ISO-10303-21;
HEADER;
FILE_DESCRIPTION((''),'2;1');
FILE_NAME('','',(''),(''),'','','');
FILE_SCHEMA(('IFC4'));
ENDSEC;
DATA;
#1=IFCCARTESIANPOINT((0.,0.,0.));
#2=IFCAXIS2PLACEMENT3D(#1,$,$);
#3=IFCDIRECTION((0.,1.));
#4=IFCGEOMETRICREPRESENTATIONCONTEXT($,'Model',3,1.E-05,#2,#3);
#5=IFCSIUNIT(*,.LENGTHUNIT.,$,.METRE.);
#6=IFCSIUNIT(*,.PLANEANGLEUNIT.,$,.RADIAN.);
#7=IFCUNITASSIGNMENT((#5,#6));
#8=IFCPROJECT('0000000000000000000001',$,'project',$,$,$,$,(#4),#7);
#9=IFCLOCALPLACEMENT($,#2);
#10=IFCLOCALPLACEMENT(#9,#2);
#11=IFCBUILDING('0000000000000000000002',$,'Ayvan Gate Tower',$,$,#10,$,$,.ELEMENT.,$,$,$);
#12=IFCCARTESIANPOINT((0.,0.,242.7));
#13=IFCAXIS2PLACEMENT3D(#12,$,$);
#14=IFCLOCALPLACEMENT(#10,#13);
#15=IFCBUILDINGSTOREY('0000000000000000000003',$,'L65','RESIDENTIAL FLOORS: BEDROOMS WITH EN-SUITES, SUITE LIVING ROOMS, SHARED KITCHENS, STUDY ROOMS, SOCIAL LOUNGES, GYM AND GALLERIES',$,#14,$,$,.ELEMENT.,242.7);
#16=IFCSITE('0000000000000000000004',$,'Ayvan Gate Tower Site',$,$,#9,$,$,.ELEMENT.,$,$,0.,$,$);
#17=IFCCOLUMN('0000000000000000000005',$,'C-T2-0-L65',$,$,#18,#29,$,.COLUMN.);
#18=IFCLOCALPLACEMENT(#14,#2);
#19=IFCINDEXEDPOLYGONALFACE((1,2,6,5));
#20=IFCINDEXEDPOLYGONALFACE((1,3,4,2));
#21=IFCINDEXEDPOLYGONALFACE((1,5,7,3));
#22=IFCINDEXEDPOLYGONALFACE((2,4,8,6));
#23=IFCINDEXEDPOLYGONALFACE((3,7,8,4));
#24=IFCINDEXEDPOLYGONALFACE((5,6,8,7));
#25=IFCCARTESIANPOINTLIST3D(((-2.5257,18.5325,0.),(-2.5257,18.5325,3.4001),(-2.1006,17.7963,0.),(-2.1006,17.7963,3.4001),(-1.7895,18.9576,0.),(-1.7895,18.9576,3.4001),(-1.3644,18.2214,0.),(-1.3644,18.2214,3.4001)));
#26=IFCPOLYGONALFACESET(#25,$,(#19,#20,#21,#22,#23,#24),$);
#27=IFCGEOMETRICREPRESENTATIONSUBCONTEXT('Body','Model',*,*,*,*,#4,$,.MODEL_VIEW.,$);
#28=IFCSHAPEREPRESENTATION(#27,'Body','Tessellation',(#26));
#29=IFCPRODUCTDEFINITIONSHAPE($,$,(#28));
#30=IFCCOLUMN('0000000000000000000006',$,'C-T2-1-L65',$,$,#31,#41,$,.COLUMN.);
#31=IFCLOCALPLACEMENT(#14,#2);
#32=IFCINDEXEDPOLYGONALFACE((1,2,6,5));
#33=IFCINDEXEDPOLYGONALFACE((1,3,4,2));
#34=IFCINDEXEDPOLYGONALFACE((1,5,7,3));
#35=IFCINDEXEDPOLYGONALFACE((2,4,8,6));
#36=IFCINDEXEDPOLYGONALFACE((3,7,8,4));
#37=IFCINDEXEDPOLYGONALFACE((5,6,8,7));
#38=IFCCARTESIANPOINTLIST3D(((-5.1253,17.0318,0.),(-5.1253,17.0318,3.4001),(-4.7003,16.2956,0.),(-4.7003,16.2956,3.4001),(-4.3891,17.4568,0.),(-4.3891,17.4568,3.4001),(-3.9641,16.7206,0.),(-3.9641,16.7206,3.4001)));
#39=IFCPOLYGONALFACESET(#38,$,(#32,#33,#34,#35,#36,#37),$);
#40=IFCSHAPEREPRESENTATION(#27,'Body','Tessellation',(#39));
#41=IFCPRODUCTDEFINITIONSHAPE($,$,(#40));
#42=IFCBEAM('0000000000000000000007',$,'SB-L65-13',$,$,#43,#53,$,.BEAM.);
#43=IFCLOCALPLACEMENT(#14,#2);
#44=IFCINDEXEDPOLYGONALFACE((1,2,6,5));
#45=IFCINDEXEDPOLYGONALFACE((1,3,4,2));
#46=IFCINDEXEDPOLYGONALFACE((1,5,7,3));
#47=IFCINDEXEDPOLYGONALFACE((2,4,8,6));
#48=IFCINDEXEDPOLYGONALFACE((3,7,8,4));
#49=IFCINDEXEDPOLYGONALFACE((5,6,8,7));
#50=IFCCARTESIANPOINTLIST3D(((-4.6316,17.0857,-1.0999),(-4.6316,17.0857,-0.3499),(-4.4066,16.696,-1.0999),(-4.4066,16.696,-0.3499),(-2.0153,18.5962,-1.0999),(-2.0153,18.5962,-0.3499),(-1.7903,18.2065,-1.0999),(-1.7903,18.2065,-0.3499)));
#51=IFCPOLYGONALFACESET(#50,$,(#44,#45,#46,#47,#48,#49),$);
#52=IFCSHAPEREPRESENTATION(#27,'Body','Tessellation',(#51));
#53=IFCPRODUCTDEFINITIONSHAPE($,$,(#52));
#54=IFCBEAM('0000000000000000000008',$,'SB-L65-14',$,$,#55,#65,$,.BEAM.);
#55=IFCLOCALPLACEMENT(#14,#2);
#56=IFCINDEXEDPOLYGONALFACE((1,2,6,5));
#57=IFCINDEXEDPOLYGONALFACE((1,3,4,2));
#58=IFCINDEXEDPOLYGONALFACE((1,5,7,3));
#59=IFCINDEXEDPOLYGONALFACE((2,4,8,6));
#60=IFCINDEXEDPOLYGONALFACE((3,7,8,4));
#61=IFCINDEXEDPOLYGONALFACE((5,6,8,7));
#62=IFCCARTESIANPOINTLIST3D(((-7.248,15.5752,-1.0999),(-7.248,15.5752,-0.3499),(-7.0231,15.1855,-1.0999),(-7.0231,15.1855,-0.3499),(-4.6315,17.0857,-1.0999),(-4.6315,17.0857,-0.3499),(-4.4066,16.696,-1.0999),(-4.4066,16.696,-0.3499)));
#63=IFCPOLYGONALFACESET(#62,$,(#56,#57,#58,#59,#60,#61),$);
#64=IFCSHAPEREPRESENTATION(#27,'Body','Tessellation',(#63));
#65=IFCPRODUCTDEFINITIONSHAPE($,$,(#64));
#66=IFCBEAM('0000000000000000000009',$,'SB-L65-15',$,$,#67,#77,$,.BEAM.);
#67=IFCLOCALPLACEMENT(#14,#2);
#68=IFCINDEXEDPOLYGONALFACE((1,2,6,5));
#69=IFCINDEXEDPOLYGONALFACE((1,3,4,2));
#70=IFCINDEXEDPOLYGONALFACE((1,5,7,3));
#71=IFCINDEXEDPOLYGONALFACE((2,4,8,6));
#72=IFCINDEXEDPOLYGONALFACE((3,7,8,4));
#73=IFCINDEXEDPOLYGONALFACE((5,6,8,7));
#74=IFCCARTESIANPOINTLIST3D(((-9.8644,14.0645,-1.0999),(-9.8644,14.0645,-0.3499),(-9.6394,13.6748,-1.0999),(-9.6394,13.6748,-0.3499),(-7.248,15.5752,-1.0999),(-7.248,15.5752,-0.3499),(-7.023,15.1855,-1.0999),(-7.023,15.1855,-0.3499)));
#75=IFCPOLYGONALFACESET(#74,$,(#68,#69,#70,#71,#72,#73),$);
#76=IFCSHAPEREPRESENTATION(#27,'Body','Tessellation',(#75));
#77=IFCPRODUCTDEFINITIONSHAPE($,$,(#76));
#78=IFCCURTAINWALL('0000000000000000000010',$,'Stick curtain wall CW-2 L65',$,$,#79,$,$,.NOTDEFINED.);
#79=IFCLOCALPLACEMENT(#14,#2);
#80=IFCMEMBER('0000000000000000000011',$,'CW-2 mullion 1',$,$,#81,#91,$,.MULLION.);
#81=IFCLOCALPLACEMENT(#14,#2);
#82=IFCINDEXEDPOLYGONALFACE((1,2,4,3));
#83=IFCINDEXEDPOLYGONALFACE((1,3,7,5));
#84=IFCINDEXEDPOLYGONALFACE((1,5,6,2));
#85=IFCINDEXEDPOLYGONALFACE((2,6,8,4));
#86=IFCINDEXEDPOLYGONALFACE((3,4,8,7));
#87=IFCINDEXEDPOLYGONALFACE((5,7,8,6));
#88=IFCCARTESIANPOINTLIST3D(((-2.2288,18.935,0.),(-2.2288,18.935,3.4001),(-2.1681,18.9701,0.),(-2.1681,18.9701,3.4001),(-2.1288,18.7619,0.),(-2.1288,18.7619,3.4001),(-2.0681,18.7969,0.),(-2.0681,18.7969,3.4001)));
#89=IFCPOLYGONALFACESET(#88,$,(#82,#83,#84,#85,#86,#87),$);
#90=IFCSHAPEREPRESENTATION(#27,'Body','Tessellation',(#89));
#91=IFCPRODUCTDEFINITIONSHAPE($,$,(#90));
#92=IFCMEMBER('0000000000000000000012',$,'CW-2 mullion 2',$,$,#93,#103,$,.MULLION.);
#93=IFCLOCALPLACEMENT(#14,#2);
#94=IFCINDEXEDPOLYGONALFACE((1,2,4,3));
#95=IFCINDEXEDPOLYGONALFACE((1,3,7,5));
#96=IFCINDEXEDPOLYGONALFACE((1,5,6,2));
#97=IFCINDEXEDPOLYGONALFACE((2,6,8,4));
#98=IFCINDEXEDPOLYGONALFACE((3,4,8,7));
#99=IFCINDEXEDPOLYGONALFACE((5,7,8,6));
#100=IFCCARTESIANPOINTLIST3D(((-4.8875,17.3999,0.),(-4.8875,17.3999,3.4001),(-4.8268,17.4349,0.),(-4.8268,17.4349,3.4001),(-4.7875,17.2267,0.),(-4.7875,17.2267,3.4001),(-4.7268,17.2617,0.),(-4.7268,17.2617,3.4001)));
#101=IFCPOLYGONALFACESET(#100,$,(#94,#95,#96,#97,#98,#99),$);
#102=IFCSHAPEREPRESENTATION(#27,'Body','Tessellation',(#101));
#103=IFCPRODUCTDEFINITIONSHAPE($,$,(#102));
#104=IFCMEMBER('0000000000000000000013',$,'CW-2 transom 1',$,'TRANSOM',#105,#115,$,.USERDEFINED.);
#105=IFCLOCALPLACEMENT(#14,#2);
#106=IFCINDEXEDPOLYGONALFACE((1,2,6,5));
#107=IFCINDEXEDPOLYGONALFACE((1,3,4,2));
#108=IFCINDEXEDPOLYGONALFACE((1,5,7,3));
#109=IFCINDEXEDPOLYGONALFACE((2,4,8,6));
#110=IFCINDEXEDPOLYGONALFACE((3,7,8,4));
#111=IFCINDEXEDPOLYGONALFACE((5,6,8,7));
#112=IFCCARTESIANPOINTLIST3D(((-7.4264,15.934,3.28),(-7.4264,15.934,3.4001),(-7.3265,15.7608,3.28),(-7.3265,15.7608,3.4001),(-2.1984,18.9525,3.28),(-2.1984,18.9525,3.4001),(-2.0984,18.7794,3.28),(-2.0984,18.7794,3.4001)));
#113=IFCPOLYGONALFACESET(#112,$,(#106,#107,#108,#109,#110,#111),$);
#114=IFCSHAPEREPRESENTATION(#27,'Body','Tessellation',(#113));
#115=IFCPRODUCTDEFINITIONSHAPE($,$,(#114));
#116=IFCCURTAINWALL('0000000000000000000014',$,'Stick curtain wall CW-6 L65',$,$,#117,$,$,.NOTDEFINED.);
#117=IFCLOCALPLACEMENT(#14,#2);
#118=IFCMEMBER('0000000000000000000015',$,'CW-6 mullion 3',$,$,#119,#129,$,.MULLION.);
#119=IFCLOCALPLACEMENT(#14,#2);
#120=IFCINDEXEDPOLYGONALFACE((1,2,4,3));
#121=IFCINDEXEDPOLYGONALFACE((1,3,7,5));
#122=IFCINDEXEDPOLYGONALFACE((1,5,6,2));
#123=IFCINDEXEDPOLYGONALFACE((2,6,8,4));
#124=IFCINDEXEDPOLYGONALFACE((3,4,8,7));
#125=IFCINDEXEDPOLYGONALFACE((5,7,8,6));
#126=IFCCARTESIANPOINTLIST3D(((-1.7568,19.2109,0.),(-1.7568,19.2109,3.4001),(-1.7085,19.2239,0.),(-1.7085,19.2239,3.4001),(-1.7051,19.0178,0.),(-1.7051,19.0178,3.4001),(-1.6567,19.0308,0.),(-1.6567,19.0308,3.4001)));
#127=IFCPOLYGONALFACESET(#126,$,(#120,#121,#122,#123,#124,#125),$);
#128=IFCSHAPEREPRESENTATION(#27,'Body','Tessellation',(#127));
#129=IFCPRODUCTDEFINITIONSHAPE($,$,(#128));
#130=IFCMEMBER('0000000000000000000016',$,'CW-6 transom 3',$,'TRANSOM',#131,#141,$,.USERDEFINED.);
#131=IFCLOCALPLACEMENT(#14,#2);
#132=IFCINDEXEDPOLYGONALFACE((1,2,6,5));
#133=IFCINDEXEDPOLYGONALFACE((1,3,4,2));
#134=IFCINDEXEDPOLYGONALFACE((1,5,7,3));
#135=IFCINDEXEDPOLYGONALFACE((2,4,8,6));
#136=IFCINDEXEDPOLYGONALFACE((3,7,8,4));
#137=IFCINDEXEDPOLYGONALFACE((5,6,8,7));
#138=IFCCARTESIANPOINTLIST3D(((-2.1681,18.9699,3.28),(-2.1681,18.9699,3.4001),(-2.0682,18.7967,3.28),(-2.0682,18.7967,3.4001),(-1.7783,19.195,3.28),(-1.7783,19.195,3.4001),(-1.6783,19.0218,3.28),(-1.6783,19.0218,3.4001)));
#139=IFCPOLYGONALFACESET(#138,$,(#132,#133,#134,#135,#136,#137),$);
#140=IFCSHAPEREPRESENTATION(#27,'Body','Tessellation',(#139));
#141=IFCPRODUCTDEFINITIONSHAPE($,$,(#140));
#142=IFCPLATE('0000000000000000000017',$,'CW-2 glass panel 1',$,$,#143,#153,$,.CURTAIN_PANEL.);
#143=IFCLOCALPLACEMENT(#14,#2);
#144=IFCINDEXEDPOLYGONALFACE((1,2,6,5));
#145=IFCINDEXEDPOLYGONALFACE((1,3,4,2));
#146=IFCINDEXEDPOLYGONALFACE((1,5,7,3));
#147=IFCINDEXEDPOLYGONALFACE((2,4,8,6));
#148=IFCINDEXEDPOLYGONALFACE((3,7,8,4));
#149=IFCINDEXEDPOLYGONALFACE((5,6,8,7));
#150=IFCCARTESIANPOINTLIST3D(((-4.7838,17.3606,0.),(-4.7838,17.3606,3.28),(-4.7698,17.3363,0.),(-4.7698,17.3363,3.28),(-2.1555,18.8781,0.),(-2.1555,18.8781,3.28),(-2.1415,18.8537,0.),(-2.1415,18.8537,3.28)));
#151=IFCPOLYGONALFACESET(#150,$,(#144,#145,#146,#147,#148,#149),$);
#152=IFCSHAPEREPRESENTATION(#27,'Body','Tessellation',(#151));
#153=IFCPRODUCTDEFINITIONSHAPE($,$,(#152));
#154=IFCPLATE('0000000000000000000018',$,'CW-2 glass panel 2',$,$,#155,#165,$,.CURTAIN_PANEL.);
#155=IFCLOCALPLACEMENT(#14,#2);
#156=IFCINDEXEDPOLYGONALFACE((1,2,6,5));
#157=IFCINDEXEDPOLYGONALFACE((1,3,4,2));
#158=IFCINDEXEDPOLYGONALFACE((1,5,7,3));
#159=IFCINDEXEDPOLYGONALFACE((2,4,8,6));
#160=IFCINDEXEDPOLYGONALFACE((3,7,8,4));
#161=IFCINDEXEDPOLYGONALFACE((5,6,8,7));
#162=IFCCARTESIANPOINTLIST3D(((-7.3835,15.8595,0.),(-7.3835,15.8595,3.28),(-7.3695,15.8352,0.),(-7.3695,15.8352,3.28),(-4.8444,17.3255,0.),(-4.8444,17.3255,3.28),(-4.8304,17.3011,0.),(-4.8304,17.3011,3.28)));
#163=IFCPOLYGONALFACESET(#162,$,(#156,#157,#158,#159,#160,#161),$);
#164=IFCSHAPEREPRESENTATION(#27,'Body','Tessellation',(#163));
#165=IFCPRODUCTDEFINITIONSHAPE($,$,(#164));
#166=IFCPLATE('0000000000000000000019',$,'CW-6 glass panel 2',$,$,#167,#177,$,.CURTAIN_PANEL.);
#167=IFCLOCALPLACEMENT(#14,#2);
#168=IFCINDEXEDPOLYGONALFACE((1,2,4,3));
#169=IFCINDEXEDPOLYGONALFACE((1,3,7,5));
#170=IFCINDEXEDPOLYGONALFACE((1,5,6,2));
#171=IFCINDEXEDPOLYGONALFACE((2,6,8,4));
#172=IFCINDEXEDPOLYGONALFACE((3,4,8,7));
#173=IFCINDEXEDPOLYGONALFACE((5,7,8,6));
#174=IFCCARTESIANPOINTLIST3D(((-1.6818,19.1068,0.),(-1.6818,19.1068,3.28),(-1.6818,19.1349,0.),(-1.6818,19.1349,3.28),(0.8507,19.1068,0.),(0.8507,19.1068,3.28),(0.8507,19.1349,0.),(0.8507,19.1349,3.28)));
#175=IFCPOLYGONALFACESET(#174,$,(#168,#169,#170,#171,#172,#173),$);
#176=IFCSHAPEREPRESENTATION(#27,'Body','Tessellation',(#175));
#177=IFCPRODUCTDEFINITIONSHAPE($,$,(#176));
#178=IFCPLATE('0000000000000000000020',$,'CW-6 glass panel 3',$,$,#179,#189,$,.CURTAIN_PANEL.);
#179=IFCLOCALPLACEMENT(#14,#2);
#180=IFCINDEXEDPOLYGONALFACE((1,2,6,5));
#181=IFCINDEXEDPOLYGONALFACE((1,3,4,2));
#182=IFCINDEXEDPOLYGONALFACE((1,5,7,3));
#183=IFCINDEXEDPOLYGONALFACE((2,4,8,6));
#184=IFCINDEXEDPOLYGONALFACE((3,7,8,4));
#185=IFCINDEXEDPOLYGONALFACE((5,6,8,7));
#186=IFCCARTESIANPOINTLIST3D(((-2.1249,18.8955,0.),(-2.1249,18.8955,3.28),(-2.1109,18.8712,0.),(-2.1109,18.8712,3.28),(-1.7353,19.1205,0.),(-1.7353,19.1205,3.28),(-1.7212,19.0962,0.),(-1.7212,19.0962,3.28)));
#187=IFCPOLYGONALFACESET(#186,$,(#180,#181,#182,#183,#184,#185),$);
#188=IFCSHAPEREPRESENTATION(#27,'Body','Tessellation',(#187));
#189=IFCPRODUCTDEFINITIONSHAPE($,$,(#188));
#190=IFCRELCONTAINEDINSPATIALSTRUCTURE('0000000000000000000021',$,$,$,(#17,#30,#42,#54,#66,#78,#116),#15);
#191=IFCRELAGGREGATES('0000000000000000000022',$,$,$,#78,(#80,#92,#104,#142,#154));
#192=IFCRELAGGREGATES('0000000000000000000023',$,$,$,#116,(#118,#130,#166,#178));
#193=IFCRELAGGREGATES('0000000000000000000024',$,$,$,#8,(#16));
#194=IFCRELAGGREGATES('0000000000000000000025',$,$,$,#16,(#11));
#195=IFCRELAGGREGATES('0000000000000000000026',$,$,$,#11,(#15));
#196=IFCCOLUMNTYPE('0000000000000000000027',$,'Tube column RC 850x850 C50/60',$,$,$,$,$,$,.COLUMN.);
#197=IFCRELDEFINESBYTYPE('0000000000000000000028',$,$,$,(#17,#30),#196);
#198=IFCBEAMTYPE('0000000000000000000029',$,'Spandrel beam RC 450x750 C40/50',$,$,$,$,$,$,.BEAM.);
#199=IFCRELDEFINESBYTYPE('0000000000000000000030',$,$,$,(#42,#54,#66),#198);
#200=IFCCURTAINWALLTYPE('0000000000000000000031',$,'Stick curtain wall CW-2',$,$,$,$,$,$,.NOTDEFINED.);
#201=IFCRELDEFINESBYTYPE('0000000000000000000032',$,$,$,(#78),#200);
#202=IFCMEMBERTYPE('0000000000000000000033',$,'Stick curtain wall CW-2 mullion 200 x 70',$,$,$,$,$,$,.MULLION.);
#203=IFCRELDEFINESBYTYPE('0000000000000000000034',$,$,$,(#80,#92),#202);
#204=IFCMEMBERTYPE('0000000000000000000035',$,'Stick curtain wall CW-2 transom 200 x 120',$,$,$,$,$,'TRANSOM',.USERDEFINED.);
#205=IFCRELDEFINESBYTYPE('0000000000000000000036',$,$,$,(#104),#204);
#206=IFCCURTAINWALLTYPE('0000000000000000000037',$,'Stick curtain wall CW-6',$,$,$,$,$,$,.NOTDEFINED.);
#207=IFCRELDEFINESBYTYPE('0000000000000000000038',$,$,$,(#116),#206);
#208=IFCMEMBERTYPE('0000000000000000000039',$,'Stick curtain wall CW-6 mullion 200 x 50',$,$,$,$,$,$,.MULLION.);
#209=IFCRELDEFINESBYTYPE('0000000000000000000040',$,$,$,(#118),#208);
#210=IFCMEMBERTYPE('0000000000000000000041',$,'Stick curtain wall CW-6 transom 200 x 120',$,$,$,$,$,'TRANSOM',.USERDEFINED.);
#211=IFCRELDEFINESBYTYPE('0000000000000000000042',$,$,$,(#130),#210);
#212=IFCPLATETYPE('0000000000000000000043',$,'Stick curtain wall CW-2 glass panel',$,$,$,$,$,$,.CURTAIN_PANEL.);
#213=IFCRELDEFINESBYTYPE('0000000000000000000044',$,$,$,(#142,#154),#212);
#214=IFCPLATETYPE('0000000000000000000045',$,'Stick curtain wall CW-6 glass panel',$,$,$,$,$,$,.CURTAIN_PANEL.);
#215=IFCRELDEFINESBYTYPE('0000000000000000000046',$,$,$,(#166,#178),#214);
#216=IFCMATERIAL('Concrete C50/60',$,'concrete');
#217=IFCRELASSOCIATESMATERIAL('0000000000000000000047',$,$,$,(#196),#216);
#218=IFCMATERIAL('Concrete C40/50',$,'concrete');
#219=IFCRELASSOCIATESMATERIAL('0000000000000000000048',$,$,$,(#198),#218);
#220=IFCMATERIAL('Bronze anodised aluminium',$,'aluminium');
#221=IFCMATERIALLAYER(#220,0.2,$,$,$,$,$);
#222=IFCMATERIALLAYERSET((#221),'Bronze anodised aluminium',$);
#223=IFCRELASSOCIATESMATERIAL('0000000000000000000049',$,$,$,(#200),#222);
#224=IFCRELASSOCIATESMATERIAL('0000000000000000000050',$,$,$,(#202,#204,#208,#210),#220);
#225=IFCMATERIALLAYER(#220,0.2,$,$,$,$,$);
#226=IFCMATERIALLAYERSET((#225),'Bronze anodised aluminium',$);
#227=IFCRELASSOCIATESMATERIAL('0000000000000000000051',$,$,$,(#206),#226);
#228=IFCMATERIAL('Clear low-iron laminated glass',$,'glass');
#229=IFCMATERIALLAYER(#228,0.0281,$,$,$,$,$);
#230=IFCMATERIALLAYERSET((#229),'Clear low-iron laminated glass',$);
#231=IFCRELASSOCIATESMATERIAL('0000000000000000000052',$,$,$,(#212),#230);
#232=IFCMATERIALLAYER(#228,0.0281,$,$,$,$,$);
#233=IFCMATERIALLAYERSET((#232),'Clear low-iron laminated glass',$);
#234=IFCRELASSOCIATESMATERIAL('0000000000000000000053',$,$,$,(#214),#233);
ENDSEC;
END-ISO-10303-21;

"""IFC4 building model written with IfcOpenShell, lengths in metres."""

from ifc_helpers import new_model, si_unit, direction, frame, origin, origin_2d, place, context, subcontext, project, spatial, rectangle, extrude, material, layer, layer_set, material_profile, profile_set, type_object, element, aggregate, save


model = new_model("IFC4")

# Units and contexts
model_context = context("Model", 3, precision=1e-05, world=origin(), true_north=direction((0.0, 1.0)))
body_context = subcontext(model_context, "Body", "Model", "MODEL_VIEW")
ifc_project = project(units=[si_unit("LENGTHUNIT", "METRE"), si_unit("PLANEANGLEUNIT", "RADIAN")], contexts=[model_context])

# Site, building, storey
site_placement = place(None, origin())
site = spatial("IfcSite", under=ifc_project, at=site_placement, Name="Ayvan Gate Tower Site", CompositionType="ELEMENT", RefElevation=0.0)
building_placement = place(site_placement, origin())
building = spatial("IfcBuilding", under=site, at=building_placement, Name="Ayvan Gate Tower", CompositionType="ELEMENT")
storey_placement = place(building_placement, frame((0.0, 0.0, 242.7)))
storey = spatial("IfcBuildingStorey", under=building, at=storey_placement, Name="L65", Description="RESIDENTIAL FLOORS: BEDROOMS WITH EN-SUITES, SUITE LIVING ROOMS, SHARED KITCHENS, STUDY ROOMS, SOCIAL LOUNGES, GYM AND GALLERIES", CompositionType="ELEMENT", Elevation=242.7)

# Columns
ifc_material_1 = material(Name="Concrete C50/60", Category="concrete")
ifc_material_profile_1 = material_profile(ifc_material_1, rectangle(XDim=0.8501, YDim=0.8501, at=origin_2d()), Name="RC 850x850")
ifc_profile_set_1 = profile_set([ifc_material_profile_1], Name="Concrete C50/60")
column_type = type_object("IfcColumnType", Name="Tube column RC 850x850 C50/60", PredefinedType="COLUMN", material=ifc_profile_set_1)
for number, where, z_axis, x_axis, name in (
    (1, (-1.9451, 18.377, 0.0), (0.0, 0.0, 1.0), (-0.5, 0.866025, 0.0), "C-T2-0-L65"),
    (2, (-4.5447, 16.8762, 0.0), (0.0, 0.0, 1.0), (-0.5, 0.866025, 0.0), "C-T2-1-L65"),
):
    element("IfcColumn", number, at=place(storey_placement, frame(where, z_axis=z_axis, x_axis=x_axis)), inside=storey, type_object=column_type, Name=name, PredefinedType="COLUMN", context=body_context, shape_type="SweptSolid", body=[
        extrude(rectangle(XDim=0.8501, YDim=0.8501, at=origin_2d()), origin(), (0.0, 0.0, 1.0), 3.4001),
    ])

# Beams
ifc_material_2 = material(Name="Concrete C40/50", Category="concrete")
ifc_material_profile_2 = material_profile(ifc_material_2, rectangle(XDim=0.45, YDim=0.75, at=origin_2d()), Name="RC 450x750")
ifc_profile_set_2 = profile_set([ifc_material_profile_2], Name="Concrete C40/50")
beam_type = type_object("IfcBeamType", Name="Spandrel beam RC 450x750 C40/50", PredefinedType="BEAM", material=ifc_profile_set_2)
beam_placement = place(storey_placement, frame((-1.9028, 18.4014, -0.7249), z_axis=(-0.866021, -0.500007, 0.0), x_axis=(0.500007, -0.866021, 0.0)))
element("IfcBeam", 3, at=beam_placement, inside=storey, type_object=beam_type, Name="SB-L65-13", PredefinedType="BEAM", context=body_context, shape_type="SweptSolid", body=[
    extrude(rectangle(XDim=0.45, YDim=0.75, at=origin_2d()), origin(), (0.0, 0.0, 1.0), 3.021),
])
for number, where, z_axis, x_axis, name in (
    (4, (-4.519, 16.8909, -0.7249), (-0.866042, -0.499972, 0.0), (0.499972, -0.866042, 0.0), "SB-L65-14"),
    (5, (-7.1355, 15.3804, -0.7249), (-0.866007, -0.500033, 0.0), (0.500033, -0.866007, 0.0), "SB-L65-15"),
):
    element("IfcBeam", number, at=place(storey_placement, frame(where, z_axis=z_axis, x_axis=x_axis)), inside=storey, type_object=beam_type, Name=name, PredefinedType="BEAM", context=body_context, shape_type="SweptSolid", body=[
        extrude(rectangle(XDim=0.45, YDim=0.75, at=origin_2d()), origin(), (0.0, 0.0, 1.0), 3.0212),
    ])

# Curtain walls, members
ifc_material_3 = material(Name="Bronze anodised aluminium", Category="aluminium")
ifc_layer_1 = layer(ifc_material_3, 0.2)
ifc_layer_set_1 = layer_set([ifc_layer_1], Name="Bronze anodised aluminium")
curtain_wall_type_1 = type_object("IfcCurtainWallType", Name="Stick curtain wall CW-2", PredefinedType="NOTDEFINED", material=ifc_layer_set_1)
curtain_wall_1_placement = place(storey_placement, origin())
curtain_wall_1 = element("IfcCurtainWall", 6, at=curtain_wall_1_placement, inside=storey, type_object=curtain_wall_type_1, Name="Stick curtain wall CW-2 L65", PredefinedType="NOTDEFINED")
ifc_material_profile_3 = material_profile(ifc_material_3, rectangle(XDim=0.2, YDim=0.0701, at=origin_2d()), Name="Stick curtain wall CW-2 mullion 200 x 70")
ifc_profile_set_3 = profile_set([ifc_material_profile_3], Name="Bronze anodised aluminium")
member_type_1 = type_object("IfcMemberType", Name="Stick curtain wall CW-2 mullion 200 x 70", PredefinedType="MULLION", material=ifc_profile_set_3)
member_1_placement = place(storey_placement, frame((-2.1484, 18.866, 0.0), z_axis=(0.0, 0.0, 1.0), x_axis=(-0.5, 0.866025, 0.0)))
member_1 = element("IfcMember", 7, at=member_1_placement, type_object=member_type_1, Name="CW-2 mullion 1", PredefinedType="MULLION", context=body_context, shape_type="SweptSolid", body=[
    extrude(rectangle(XDim=0.2, YDim=0.0701, at=origin_2d()), origin(), (0.0, 0.0, 1.0), 3.4001),
])
member_2_placement = place(storey_placement, frame((-4.8071, 17.3308, 0.0), z_axis=(0.0, 0.0, 1.0), x_axis=(-0.5, 0.866025, 0.0)))
member_2 = element("IfcMember", 8, at=member_2_placement, type_object=member_type_1, Name="CW-2 mullion 2", PredefinedType="MULLION", context=body_context, shape_type="SweptSolid", body=[
    extrude(rectangle(XDim=0.2, YDim=0.0701, at=origin_2d()), origin(), (0.0, 0.0, 1.0), 3.4001),
])
ifc_material_profile_4 = material_profile(ifc_material_3, rectangle(XDim=0.2, YDim=0.1201, at=origin_2d()), Name="Stick curtain wall CW-2 transom 200 x 120")
ifc_profile_set_4 = profile_set([ifc_material_profile_4], Name="Bronze anodised aluminium")
member_type_2 = type_object("IfcMemberType", Name="Stick curtain wall CW-2 transom 200 x 120", ElementType="TRANSOM", PredefinedType="USERDEFINED", material=ifc_profile_set_4)
member_3_placement = place(storey_placement, frame((-2.1484, 18.866, 3.3401), z_axis=(-0.866015, -0.500019, 0.0), x_axis=(0.500019, -0.866015, 0.0)))
member_3 = element("IfcMember", 9, at=member_3_placement, type_object=member_type_2, Name="CW-2 transom 1", ObjectType="TRANSOM", PredefinedType="USERDEFINED", context=body_context, shape_type="SweptSolid", body=[
    extrude(rectangle(XDim=0.2, YDim=0.1201, at=origin_2d()), origin(), (0.0, 0.0, 1.0), 6.0369),
])
ifc_layer_2 = layer(ifc_material_3, 0.2)
ifc_layer_set_2 = layer_set([ifc_layer_2], Name="Bronze anodised aluminium")
curtain_wall_type_2 = type_object("IfcCurtainWallType", Name="Stick curtain wall CW-6", PredefinedType="NOTDEFINED", material=ifc_layer_set_2)
curtain_wall_2_placement = place(storey_placement, origin())
curtain_wall_2 = element("IfcCurtainWall", 10, at=curtain_wall_2_placement, inside=storey, type_object=curtain_wall_type_2, Name="Stick curtain wall CW-6 L65", PredefinedType="NOTDEFINED")
ifc_material_profile_5 = material_profile(ifc_material_3, rectangle(XDim=0.2, YDim=0.05, at=origin_2d()), Name="Stick curtain wall CW-6 mullion 200 x 50")
ifc_profile_set_5 = profile_set([ifc_material_profile_5], Name="Bronze anodised aluminium")
member_type_3 = type_object("IfcMemberType", Name="Stick curtain wall CW-6 mullion 200 x 50", PredefinedType="MULLION", material=ifc_profile_set_5)
member_4_placement = place(storey_placement, frame((-1.7068, 19.1208, 0.0), z_axis=(0.0, 0.0, 1.0), x_axis=(-0.258819, 0.965926, 0.0)))
member_4 = element("IfcMember", 11, at=member_4_placement, type_object=member_type_3, Name="CW-6 mullion 3", PredefinedType="MULLION", context=body_context, shape_type="SweptSolid", body=[
    extrude(rectangle(XDim=0.2, YDim=0.05, at=origin_2d()), origin(), (0.0, 0.0, 1.0), 3.4001),
])
ifc_material_profile_6 = material_profile(ifc_material_3, rectangle(XDim=0.2, YDim=0.1201, at=origin_2d()), Name="Stick curtain wall CW-6 transom 200 x 120")
ifc_profile_set_6 = profile_set([ifc_material_profile_6], Name="Bronze anodised aluminium")
member_type_4 = type_object("IfcMemberType", Name="Stick curtain wall CW-6 transom 200 x 120", ElementType="TRANSOM", PredefinedType="USERDEFINED", material=ifc_profile_set_6)
member_5_placement = place(storey_placement, frame((-1.7283, 19.1084, 3.3401), z_axis=(-0.866032, -0.499988, 0.0), x_axis=(0.499988, -0.866032, 0.0)))
member_5 = element("IfcMember", 12, at=member_5_placement, type_object=member_type_4, Name="CW-6 transom 3", ObjectType="TRANSOM", PredefinedType="USERDEFINED", context=body_context, shape_type="SweptSolid", body=[
    extrude(rectangle(XDim=0.2, YDim=0.1201, at=origin_2d()), origin(), (0.0, 0.0, 1.0), 0.4502),
])

# Plates
ifc_material_4 = material(Name="Clear low-iron laminated glass", Category="glass")
ifc_layer_3 = layer(ifc_material_4, 0.0281)
ifc_layer_set_3 = layer_set([ifc_layer_3], Name="Clear low-iron laminated glass")
plate_type_1 = type_object("IfcPlateType", Name="Stick curtain wall CW-2 glass panel", PredefinedType="CURTAIN_PANEL", material=ifc_layer_set_3)
plate_1_placement = place(storey_placement, frame((-3.4626, 18.1072, 0.0), z_axis=(0.0, 0.0, 1.0), x_axis=(-0.866025, -0.5, 0.0)))
plate_1 = element("IfcPlate", 13, at=plate_1_placement, type_object=plate_type_1, Name="CW-2 glass panel 1", PredefinedType="CURTAIN_PANEL", context=body_context, shape_type="SweptSolid", body=[
    extrude(rectangle(XDim=3.0349, YDim=0.0281, at=origin_2d()), origin(), (0.0, 0.0, 1.0), 3.28),
])
plate_2_placement = place(storey_placement, frame((-6.1069, 16.5803, 0.0), z_axis=(0.0, 0.0, 1.0), x_axis=(-0.866025, -0.5, 0.0)))
plate_2 = element("IfcPlate", 14, at=plate_2_placement, type_object=plate_type_1, Name="CW-2 glass panel 2", PredefinedType="CURTAIN_PANEL", context=body_context, shape_type="SweptSolid", body=[
    extrude(rectangle(XDim=2.9319, YDim=0.0281, at=origin_2d()), origin(), (0.0, 0.0, 1.0), 3.28),
])
aggregate(curtain_wall_1, [member_1, member_2, member_3, plate_1, plate_2])
ifc_layer_4 = layer(ifc_material_4, 0.0281)
ifc_layer_set_4 = layer_set([ifc_layer_4], Name="Clear low-iron laminated glass")
plate_type_2 = type_object("IfcPlateType", Name="Stick curtain wall CW-6 glass panel", PredefinedType="CURTAIN_PANEL", material=ifc_layer_set_4)
plate_3_placement = place(storey_placement, frame((-0.4155, 19.1208, 0.0), z_axis=(0.0, 0.0, 1.0), x_axis=(-1.0, 0.0, 0.0)))
plate_3 = element("IfcPlate", 15, at=plate_3_placement, type_object=plate_type_2, Name="CW-6 glass panel 2", PredefinedType="CURTAIN_PANEL", context=body_context, shape_type="SweptSolid", body=[
    extrude(rectangle(XDim=2.5325, YDim=0.0281, at=origin_2d()), origin(), (0.0, 0.0, 1.0), 3.28),
])
plate_4_placement = place(storey_placement, frame((-1.9231, 18.9958, 0.0), z_axis=(0.0, 0.0, 1.0), x_axis=(-0.866025, -0.5, 0.0)))
plate_4 = element("IfcPlate", 16, at=plate_4_placement, type_object=plate_type_2, Name="CW-6 glass panel 3", PredefinedType="CURTAIN_PANEL", context=body_context, shape_type="SweptSolid", body=[
    extrude(rectangle(XDim=0.45, YDim=0.0281, at=origin_2d()), origin(), (0.0, 0.0, 1.0), 3.28),
])
aggregate(curtain_wall_2, [member_4, member_5, plate_3, plate_4])

save(model, "model.ifc")
